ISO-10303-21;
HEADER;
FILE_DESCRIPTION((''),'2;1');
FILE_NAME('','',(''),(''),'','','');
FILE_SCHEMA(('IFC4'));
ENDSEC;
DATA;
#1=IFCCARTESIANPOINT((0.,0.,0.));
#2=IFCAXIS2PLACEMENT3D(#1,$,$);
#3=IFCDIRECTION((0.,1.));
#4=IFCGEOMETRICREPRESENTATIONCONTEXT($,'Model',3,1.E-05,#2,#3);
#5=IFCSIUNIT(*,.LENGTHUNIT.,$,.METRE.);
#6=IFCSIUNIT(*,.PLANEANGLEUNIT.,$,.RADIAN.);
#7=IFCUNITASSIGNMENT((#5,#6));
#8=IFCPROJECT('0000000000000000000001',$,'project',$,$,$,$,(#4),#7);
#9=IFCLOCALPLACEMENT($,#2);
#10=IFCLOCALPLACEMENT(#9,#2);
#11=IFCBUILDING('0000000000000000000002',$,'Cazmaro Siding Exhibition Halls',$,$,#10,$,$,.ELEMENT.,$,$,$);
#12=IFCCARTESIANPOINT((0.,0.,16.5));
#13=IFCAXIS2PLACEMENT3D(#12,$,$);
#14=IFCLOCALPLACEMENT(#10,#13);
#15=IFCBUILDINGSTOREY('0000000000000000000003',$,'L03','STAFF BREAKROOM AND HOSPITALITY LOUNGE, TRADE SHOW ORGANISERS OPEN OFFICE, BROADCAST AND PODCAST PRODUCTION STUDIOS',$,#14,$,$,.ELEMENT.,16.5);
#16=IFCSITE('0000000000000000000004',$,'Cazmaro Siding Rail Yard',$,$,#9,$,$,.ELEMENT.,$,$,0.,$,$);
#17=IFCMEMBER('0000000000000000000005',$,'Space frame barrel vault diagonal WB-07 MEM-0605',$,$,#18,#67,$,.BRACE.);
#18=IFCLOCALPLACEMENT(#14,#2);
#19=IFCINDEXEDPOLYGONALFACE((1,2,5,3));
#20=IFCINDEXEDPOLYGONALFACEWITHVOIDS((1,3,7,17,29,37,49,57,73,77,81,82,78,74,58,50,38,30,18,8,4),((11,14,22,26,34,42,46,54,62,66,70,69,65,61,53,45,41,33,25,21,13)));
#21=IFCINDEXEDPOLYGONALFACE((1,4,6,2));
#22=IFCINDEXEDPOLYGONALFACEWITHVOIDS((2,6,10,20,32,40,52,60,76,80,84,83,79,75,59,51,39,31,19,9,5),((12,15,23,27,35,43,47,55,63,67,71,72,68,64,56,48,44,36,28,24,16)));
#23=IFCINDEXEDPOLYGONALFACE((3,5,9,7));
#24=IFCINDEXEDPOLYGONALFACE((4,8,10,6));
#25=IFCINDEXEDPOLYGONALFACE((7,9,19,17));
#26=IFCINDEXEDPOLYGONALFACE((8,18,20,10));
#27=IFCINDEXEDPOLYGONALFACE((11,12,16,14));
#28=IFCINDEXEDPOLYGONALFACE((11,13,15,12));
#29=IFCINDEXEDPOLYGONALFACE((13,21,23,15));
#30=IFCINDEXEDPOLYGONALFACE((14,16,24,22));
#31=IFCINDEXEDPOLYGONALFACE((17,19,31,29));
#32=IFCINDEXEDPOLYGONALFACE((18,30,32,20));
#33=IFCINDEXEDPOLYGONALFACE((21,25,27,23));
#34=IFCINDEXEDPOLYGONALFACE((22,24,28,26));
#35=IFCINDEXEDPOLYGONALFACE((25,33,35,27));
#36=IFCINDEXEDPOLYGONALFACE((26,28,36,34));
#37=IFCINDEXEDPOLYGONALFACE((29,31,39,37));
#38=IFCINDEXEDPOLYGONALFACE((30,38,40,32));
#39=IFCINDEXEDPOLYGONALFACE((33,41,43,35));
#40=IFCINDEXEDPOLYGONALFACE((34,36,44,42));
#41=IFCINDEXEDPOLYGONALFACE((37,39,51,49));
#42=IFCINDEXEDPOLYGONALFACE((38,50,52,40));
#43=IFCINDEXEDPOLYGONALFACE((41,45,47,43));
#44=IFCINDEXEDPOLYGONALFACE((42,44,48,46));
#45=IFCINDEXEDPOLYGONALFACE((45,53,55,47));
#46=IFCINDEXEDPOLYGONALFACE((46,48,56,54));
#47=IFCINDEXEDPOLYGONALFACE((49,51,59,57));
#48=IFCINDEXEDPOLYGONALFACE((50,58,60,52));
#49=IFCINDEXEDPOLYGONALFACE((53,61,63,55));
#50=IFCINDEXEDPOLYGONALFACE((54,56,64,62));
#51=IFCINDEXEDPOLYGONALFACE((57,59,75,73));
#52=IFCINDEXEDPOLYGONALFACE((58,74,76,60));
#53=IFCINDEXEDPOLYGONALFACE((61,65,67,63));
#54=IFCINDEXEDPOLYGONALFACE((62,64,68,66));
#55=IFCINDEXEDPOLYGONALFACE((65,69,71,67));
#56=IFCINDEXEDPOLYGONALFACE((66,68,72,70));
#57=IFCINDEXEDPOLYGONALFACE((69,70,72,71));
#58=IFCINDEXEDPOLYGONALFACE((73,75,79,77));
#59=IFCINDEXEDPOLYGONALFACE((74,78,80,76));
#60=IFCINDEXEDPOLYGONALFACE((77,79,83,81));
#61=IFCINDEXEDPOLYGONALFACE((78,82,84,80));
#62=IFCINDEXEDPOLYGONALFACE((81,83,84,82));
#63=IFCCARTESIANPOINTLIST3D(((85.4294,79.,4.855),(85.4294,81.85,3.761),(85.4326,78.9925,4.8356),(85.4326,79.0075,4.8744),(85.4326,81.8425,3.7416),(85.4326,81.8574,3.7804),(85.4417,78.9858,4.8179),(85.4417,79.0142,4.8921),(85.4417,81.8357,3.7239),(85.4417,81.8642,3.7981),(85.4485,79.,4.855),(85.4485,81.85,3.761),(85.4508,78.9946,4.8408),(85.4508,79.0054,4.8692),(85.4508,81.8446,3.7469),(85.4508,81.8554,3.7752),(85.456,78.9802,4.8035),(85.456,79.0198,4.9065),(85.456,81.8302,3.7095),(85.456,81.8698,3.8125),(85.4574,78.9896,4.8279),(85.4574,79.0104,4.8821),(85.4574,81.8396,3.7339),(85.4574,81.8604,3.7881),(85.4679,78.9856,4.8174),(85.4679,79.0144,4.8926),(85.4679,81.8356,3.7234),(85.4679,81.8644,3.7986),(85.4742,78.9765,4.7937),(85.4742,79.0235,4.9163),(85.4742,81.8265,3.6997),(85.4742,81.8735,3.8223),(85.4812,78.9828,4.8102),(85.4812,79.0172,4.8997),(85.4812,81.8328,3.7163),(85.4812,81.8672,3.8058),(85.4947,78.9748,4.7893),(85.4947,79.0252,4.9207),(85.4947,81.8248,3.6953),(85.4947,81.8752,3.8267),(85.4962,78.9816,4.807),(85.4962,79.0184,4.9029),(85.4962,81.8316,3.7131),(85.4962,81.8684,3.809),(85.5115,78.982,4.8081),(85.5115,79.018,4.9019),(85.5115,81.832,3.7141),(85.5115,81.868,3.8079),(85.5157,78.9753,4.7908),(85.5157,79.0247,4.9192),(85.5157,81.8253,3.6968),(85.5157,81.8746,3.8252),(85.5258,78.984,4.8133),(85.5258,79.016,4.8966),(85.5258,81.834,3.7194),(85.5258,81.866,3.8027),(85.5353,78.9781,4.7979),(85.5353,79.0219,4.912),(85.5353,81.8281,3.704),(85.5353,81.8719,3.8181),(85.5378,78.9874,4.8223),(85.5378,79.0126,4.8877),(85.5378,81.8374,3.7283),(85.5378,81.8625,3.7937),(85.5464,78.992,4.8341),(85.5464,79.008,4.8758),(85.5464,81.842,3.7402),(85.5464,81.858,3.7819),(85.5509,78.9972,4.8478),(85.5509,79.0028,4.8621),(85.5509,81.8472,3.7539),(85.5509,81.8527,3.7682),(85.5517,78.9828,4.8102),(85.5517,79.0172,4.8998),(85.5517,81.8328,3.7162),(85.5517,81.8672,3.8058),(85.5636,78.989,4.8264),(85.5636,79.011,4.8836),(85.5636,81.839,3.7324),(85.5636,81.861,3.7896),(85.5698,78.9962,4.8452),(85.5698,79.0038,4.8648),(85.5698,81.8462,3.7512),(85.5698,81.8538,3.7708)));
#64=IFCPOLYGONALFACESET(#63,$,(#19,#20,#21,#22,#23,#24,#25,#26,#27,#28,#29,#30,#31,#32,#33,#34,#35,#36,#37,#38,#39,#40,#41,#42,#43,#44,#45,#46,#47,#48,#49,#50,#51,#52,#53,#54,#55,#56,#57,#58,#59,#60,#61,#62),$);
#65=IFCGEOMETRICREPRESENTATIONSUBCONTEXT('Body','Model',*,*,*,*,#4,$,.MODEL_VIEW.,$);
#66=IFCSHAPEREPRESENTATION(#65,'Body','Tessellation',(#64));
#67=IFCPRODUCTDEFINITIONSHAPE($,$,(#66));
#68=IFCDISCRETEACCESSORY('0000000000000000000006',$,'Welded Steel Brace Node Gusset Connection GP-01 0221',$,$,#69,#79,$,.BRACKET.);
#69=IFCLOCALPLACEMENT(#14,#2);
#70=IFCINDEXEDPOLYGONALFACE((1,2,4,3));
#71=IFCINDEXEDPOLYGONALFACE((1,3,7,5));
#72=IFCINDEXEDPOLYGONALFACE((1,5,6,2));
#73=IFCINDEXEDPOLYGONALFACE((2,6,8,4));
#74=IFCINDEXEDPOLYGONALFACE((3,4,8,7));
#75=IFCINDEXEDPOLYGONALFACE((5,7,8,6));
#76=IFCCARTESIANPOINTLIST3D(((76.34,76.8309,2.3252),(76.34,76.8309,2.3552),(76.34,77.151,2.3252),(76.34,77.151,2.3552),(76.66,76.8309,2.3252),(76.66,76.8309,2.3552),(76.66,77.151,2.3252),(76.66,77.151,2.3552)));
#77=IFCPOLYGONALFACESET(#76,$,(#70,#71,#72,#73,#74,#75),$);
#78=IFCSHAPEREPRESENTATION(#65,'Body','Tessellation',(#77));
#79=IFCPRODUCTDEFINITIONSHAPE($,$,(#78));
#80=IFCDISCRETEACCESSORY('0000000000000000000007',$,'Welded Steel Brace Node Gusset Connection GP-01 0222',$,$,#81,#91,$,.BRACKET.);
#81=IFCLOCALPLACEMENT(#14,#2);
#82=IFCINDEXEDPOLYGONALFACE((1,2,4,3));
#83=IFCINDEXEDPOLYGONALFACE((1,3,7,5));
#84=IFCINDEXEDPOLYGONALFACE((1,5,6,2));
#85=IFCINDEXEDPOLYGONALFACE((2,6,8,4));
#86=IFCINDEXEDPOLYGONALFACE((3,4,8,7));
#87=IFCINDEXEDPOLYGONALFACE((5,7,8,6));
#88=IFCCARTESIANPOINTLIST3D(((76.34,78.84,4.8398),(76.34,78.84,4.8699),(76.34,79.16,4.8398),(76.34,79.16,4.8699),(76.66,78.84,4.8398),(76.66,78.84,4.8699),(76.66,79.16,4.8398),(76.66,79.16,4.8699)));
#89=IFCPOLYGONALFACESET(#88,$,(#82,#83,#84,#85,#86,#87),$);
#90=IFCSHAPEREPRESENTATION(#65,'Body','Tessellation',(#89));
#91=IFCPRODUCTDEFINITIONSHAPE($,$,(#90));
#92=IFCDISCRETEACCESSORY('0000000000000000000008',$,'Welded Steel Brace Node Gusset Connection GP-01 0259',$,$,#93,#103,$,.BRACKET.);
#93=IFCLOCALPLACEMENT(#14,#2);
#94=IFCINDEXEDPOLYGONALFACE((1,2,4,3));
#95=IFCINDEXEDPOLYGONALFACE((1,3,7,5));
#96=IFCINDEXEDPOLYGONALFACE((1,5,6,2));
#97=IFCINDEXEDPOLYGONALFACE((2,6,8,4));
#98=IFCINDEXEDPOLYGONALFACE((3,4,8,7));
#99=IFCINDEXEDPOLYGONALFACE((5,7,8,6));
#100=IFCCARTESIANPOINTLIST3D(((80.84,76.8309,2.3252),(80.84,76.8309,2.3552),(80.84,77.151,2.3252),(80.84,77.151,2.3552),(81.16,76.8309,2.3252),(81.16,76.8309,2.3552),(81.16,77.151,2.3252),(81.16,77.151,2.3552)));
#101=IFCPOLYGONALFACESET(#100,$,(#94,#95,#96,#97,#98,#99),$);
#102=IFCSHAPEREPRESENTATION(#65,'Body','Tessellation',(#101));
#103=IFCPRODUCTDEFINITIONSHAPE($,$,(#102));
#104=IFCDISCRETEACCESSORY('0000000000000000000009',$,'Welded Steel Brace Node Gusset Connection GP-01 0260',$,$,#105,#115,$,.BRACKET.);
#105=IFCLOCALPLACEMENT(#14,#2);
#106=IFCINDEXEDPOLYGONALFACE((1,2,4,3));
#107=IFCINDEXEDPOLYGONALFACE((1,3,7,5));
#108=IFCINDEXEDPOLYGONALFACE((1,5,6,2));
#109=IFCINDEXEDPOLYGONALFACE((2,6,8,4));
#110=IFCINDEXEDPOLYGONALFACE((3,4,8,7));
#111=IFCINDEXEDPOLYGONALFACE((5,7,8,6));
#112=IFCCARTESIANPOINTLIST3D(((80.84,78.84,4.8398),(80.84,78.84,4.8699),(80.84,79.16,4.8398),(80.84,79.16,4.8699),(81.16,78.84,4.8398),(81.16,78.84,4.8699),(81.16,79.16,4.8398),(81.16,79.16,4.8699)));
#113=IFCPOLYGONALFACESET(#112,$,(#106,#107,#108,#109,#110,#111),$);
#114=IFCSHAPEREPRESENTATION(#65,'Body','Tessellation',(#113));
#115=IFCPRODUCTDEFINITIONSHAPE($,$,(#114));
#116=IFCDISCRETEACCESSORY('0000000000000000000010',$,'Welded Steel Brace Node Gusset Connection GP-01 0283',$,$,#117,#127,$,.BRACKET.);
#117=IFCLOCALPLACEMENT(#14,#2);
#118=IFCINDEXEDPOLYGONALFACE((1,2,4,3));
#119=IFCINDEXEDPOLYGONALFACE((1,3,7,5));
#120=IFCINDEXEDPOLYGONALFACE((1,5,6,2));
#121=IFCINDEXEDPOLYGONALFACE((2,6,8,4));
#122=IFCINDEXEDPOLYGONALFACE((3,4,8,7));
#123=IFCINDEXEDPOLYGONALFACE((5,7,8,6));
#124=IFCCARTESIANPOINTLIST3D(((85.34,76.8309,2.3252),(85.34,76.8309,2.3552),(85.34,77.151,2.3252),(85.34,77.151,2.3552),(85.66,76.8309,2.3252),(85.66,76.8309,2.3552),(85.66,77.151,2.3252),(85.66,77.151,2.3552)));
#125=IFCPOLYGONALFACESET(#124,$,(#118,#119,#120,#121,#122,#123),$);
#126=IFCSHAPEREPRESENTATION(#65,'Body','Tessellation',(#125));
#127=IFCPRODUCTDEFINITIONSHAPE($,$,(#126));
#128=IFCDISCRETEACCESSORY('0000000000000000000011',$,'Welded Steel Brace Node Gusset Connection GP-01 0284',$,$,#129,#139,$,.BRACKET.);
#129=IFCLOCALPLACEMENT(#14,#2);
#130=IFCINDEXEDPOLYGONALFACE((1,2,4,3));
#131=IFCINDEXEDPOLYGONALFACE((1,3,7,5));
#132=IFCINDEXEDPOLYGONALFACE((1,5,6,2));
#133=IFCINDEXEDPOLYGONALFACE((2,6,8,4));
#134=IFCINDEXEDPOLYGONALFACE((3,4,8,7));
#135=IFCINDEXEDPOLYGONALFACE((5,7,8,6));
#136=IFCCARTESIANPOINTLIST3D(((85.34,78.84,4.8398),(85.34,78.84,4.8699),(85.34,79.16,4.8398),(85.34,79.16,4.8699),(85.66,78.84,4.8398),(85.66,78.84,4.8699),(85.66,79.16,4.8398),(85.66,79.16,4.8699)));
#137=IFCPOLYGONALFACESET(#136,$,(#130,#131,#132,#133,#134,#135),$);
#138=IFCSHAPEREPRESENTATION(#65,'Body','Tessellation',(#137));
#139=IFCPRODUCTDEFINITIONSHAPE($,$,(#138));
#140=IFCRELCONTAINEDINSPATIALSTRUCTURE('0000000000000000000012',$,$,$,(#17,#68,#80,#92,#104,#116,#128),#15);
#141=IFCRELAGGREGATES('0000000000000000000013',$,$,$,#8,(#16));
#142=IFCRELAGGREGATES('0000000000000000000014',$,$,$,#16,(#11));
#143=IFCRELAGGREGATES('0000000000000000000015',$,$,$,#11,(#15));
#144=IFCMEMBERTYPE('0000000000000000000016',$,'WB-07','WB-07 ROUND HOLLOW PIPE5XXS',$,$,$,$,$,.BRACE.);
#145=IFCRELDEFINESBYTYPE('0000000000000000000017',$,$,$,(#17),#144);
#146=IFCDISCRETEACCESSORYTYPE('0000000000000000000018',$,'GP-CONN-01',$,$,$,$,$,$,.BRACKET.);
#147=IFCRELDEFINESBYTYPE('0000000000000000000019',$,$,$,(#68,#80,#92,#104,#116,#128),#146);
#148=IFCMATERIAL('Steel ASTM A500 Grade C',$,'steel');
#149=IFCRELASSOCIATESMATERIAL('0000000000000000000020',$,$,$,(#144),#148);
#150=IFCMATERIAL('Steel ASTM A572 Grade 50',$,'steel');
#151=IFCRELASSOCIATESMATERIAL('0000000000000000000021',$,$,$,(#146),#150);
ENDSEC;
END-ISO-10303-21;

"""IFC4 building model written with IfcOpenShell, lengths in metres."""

from ifc_helpers import new_model, si_unit, direction, frame, origin, origin_2d, place, context, subcontext, project, spatial, rectangle, hollow_circle, extrude, material, material_profile, profile_set, type_object, element, save


model = new_model("IFC4")

# Units and contexts
model_context = context("Model", 3, precision=1e-05, world=origin(), true_north=direction((0.0, 1.0)))
body_context = subcontext(model_context, "Body", "Model", "MODEL_VIEW")
ifc_project = project(units=[si_unit("LENGTHUNIT", "METRE"), si_unit("PLANEANGLEUNIT", "RADIAN")], contexts=[model_context])

# Site, building, storey
site_placement = place(None, origin())
site = spatial("IfcSite", under=ifc_project, at=site_placement, Name="Cazmaro Siding Rail Yard", CompositionType="ELEMENT", RefElevation=0.0)
building_placement = place(site_placement, origin())
building = spatial("IfcBuilding", under=site, at=building_placement, Name="Cazmaro Siding Exhibition Halls", CompositionType="ELEMENT")
storey_placement = place(building_placement, frame((0.0, 0.0, 16.5)))
storey = spatial("IfcBuildingStorey", under=building, at=storey_placement, Name="L03", Description="STAFF BREAKROOM AND HOSPITALITY LOUNGE, TRADE SHOW ORGANISERS OPEN OFFICE, BROADCAST AND PODCAST PRODUCTION STUDIOS", CompositionType="ELEMENT", Elevation=16.5)

# Member
ifc_material_1 = material(Name="Steel ASTM A500 Grade C", Category="steel")
ifc_material_profile_1 = material_profile(ifc_material_1, hollow_circle(Radius=0.0706, WallThickness=0.019, at=origin_2d()), Name="PIPE5XXS")
ifc_profile_set_1 = profile_set([ifc_material_profile_1], Name="Steel ASTM A500 Grade C")
member_type_1 = type_object("IfcMemberType", Name="WB-07", Description="WB-07 ROUND HOLLOW PIPE5XXS", PredefinedType="BRACE", material=ifc_profile_set_1)
for number, where, z_axis, x_axis, name in (
    (1, (85.5, 79.0, 4.855), (0.0, 0.933587, -0.358352), (-1.0, 0.0, 0.0), "Space frame barrel vault diagonal WB-07 MEM-0605"),
):
    element("IfcMember", number, at=place(storey_placement, frame(where, z_axis=z_axis, x_axis=x_axis)), inside=storey, type_object=member_type_1, Name=name, PredefinedType="BRACE", context=body_context, shape_type="SweptSolid", body=[
        extrude(hollow_circle(Radius=0.0706, WallThickness=0.019, at=origin_2d()), origin(), (0.0, 0.0, 1.0), 3.0527),
    ])

# Discrete accessories
ifc_material_2 = material(Name="Steel ASTM A572 Grade 50", Category="steel")
discrete_accessory_type = type_object("IfcDiscreteAccessoryType", Name="GP-CONN-01", PredefinedType="BRACKET", material=ifc_material_2)
for number, where, z_axis, x_axis, name in (
    (2, (76.5, 76.991, 2.3252), (0.0, 0.0, 1.0), (1.0, 0.0, 0.0), "Welded Steel Brace Node Gusset Connection GP-01 0221"),
    (3, (76.5, 79.0, 4.8398), (0.0, 0.0, 1.0), (1.0, 0.0, 0.0), "Welded Steel Brace Node Gusset Connection GP-01 0222"),
    (4, (81.0, 76.991, 2.3252), (0.0, 0.0, 1.0), (1.0, 0.0, 0.0), "Welded Steel Brace Node Gusset Connection GP-01 0259"),
    (5, (81.0, 79.0, 4.8398), (0.0, 0.0, 1.0), (1.0, 0.0, 0.0), "Welded Steel Brace Node Gusset Connection GP-01 0260"),
    (6, (85.5, 76.991, 2.3252), (0.0, 0.0, 1.0), (1.0, 0.0, 0.0), "Welded Steel Brace Node Gusset Connection GP-01 0283"),
    (7, (85.5, 79.0, 4.8398), (0.0, 0.0, 1.0), (1.0, 0.0, 0.0), "Welded Steel Brace Node Gusset Connection GP-01 0284"),
):
    element("IfcDiscreteAccessory", number, at=place(storey_placement, frame(where, z_axis=z_axis, x_axis=x_axis)), inside=storey, type_object=discrete_accessory_type, Name=name, PredefinedType="BRACKET", context=body_context, shape_type="SweptSolid", body=[
        extrude(rectangle(XDim=0.3201, YDim=0.3201, at=origin_2d()), origin(), (0.0, 0.0, 1.0), 0.03),
    ])

save(model, "model.ifc")
